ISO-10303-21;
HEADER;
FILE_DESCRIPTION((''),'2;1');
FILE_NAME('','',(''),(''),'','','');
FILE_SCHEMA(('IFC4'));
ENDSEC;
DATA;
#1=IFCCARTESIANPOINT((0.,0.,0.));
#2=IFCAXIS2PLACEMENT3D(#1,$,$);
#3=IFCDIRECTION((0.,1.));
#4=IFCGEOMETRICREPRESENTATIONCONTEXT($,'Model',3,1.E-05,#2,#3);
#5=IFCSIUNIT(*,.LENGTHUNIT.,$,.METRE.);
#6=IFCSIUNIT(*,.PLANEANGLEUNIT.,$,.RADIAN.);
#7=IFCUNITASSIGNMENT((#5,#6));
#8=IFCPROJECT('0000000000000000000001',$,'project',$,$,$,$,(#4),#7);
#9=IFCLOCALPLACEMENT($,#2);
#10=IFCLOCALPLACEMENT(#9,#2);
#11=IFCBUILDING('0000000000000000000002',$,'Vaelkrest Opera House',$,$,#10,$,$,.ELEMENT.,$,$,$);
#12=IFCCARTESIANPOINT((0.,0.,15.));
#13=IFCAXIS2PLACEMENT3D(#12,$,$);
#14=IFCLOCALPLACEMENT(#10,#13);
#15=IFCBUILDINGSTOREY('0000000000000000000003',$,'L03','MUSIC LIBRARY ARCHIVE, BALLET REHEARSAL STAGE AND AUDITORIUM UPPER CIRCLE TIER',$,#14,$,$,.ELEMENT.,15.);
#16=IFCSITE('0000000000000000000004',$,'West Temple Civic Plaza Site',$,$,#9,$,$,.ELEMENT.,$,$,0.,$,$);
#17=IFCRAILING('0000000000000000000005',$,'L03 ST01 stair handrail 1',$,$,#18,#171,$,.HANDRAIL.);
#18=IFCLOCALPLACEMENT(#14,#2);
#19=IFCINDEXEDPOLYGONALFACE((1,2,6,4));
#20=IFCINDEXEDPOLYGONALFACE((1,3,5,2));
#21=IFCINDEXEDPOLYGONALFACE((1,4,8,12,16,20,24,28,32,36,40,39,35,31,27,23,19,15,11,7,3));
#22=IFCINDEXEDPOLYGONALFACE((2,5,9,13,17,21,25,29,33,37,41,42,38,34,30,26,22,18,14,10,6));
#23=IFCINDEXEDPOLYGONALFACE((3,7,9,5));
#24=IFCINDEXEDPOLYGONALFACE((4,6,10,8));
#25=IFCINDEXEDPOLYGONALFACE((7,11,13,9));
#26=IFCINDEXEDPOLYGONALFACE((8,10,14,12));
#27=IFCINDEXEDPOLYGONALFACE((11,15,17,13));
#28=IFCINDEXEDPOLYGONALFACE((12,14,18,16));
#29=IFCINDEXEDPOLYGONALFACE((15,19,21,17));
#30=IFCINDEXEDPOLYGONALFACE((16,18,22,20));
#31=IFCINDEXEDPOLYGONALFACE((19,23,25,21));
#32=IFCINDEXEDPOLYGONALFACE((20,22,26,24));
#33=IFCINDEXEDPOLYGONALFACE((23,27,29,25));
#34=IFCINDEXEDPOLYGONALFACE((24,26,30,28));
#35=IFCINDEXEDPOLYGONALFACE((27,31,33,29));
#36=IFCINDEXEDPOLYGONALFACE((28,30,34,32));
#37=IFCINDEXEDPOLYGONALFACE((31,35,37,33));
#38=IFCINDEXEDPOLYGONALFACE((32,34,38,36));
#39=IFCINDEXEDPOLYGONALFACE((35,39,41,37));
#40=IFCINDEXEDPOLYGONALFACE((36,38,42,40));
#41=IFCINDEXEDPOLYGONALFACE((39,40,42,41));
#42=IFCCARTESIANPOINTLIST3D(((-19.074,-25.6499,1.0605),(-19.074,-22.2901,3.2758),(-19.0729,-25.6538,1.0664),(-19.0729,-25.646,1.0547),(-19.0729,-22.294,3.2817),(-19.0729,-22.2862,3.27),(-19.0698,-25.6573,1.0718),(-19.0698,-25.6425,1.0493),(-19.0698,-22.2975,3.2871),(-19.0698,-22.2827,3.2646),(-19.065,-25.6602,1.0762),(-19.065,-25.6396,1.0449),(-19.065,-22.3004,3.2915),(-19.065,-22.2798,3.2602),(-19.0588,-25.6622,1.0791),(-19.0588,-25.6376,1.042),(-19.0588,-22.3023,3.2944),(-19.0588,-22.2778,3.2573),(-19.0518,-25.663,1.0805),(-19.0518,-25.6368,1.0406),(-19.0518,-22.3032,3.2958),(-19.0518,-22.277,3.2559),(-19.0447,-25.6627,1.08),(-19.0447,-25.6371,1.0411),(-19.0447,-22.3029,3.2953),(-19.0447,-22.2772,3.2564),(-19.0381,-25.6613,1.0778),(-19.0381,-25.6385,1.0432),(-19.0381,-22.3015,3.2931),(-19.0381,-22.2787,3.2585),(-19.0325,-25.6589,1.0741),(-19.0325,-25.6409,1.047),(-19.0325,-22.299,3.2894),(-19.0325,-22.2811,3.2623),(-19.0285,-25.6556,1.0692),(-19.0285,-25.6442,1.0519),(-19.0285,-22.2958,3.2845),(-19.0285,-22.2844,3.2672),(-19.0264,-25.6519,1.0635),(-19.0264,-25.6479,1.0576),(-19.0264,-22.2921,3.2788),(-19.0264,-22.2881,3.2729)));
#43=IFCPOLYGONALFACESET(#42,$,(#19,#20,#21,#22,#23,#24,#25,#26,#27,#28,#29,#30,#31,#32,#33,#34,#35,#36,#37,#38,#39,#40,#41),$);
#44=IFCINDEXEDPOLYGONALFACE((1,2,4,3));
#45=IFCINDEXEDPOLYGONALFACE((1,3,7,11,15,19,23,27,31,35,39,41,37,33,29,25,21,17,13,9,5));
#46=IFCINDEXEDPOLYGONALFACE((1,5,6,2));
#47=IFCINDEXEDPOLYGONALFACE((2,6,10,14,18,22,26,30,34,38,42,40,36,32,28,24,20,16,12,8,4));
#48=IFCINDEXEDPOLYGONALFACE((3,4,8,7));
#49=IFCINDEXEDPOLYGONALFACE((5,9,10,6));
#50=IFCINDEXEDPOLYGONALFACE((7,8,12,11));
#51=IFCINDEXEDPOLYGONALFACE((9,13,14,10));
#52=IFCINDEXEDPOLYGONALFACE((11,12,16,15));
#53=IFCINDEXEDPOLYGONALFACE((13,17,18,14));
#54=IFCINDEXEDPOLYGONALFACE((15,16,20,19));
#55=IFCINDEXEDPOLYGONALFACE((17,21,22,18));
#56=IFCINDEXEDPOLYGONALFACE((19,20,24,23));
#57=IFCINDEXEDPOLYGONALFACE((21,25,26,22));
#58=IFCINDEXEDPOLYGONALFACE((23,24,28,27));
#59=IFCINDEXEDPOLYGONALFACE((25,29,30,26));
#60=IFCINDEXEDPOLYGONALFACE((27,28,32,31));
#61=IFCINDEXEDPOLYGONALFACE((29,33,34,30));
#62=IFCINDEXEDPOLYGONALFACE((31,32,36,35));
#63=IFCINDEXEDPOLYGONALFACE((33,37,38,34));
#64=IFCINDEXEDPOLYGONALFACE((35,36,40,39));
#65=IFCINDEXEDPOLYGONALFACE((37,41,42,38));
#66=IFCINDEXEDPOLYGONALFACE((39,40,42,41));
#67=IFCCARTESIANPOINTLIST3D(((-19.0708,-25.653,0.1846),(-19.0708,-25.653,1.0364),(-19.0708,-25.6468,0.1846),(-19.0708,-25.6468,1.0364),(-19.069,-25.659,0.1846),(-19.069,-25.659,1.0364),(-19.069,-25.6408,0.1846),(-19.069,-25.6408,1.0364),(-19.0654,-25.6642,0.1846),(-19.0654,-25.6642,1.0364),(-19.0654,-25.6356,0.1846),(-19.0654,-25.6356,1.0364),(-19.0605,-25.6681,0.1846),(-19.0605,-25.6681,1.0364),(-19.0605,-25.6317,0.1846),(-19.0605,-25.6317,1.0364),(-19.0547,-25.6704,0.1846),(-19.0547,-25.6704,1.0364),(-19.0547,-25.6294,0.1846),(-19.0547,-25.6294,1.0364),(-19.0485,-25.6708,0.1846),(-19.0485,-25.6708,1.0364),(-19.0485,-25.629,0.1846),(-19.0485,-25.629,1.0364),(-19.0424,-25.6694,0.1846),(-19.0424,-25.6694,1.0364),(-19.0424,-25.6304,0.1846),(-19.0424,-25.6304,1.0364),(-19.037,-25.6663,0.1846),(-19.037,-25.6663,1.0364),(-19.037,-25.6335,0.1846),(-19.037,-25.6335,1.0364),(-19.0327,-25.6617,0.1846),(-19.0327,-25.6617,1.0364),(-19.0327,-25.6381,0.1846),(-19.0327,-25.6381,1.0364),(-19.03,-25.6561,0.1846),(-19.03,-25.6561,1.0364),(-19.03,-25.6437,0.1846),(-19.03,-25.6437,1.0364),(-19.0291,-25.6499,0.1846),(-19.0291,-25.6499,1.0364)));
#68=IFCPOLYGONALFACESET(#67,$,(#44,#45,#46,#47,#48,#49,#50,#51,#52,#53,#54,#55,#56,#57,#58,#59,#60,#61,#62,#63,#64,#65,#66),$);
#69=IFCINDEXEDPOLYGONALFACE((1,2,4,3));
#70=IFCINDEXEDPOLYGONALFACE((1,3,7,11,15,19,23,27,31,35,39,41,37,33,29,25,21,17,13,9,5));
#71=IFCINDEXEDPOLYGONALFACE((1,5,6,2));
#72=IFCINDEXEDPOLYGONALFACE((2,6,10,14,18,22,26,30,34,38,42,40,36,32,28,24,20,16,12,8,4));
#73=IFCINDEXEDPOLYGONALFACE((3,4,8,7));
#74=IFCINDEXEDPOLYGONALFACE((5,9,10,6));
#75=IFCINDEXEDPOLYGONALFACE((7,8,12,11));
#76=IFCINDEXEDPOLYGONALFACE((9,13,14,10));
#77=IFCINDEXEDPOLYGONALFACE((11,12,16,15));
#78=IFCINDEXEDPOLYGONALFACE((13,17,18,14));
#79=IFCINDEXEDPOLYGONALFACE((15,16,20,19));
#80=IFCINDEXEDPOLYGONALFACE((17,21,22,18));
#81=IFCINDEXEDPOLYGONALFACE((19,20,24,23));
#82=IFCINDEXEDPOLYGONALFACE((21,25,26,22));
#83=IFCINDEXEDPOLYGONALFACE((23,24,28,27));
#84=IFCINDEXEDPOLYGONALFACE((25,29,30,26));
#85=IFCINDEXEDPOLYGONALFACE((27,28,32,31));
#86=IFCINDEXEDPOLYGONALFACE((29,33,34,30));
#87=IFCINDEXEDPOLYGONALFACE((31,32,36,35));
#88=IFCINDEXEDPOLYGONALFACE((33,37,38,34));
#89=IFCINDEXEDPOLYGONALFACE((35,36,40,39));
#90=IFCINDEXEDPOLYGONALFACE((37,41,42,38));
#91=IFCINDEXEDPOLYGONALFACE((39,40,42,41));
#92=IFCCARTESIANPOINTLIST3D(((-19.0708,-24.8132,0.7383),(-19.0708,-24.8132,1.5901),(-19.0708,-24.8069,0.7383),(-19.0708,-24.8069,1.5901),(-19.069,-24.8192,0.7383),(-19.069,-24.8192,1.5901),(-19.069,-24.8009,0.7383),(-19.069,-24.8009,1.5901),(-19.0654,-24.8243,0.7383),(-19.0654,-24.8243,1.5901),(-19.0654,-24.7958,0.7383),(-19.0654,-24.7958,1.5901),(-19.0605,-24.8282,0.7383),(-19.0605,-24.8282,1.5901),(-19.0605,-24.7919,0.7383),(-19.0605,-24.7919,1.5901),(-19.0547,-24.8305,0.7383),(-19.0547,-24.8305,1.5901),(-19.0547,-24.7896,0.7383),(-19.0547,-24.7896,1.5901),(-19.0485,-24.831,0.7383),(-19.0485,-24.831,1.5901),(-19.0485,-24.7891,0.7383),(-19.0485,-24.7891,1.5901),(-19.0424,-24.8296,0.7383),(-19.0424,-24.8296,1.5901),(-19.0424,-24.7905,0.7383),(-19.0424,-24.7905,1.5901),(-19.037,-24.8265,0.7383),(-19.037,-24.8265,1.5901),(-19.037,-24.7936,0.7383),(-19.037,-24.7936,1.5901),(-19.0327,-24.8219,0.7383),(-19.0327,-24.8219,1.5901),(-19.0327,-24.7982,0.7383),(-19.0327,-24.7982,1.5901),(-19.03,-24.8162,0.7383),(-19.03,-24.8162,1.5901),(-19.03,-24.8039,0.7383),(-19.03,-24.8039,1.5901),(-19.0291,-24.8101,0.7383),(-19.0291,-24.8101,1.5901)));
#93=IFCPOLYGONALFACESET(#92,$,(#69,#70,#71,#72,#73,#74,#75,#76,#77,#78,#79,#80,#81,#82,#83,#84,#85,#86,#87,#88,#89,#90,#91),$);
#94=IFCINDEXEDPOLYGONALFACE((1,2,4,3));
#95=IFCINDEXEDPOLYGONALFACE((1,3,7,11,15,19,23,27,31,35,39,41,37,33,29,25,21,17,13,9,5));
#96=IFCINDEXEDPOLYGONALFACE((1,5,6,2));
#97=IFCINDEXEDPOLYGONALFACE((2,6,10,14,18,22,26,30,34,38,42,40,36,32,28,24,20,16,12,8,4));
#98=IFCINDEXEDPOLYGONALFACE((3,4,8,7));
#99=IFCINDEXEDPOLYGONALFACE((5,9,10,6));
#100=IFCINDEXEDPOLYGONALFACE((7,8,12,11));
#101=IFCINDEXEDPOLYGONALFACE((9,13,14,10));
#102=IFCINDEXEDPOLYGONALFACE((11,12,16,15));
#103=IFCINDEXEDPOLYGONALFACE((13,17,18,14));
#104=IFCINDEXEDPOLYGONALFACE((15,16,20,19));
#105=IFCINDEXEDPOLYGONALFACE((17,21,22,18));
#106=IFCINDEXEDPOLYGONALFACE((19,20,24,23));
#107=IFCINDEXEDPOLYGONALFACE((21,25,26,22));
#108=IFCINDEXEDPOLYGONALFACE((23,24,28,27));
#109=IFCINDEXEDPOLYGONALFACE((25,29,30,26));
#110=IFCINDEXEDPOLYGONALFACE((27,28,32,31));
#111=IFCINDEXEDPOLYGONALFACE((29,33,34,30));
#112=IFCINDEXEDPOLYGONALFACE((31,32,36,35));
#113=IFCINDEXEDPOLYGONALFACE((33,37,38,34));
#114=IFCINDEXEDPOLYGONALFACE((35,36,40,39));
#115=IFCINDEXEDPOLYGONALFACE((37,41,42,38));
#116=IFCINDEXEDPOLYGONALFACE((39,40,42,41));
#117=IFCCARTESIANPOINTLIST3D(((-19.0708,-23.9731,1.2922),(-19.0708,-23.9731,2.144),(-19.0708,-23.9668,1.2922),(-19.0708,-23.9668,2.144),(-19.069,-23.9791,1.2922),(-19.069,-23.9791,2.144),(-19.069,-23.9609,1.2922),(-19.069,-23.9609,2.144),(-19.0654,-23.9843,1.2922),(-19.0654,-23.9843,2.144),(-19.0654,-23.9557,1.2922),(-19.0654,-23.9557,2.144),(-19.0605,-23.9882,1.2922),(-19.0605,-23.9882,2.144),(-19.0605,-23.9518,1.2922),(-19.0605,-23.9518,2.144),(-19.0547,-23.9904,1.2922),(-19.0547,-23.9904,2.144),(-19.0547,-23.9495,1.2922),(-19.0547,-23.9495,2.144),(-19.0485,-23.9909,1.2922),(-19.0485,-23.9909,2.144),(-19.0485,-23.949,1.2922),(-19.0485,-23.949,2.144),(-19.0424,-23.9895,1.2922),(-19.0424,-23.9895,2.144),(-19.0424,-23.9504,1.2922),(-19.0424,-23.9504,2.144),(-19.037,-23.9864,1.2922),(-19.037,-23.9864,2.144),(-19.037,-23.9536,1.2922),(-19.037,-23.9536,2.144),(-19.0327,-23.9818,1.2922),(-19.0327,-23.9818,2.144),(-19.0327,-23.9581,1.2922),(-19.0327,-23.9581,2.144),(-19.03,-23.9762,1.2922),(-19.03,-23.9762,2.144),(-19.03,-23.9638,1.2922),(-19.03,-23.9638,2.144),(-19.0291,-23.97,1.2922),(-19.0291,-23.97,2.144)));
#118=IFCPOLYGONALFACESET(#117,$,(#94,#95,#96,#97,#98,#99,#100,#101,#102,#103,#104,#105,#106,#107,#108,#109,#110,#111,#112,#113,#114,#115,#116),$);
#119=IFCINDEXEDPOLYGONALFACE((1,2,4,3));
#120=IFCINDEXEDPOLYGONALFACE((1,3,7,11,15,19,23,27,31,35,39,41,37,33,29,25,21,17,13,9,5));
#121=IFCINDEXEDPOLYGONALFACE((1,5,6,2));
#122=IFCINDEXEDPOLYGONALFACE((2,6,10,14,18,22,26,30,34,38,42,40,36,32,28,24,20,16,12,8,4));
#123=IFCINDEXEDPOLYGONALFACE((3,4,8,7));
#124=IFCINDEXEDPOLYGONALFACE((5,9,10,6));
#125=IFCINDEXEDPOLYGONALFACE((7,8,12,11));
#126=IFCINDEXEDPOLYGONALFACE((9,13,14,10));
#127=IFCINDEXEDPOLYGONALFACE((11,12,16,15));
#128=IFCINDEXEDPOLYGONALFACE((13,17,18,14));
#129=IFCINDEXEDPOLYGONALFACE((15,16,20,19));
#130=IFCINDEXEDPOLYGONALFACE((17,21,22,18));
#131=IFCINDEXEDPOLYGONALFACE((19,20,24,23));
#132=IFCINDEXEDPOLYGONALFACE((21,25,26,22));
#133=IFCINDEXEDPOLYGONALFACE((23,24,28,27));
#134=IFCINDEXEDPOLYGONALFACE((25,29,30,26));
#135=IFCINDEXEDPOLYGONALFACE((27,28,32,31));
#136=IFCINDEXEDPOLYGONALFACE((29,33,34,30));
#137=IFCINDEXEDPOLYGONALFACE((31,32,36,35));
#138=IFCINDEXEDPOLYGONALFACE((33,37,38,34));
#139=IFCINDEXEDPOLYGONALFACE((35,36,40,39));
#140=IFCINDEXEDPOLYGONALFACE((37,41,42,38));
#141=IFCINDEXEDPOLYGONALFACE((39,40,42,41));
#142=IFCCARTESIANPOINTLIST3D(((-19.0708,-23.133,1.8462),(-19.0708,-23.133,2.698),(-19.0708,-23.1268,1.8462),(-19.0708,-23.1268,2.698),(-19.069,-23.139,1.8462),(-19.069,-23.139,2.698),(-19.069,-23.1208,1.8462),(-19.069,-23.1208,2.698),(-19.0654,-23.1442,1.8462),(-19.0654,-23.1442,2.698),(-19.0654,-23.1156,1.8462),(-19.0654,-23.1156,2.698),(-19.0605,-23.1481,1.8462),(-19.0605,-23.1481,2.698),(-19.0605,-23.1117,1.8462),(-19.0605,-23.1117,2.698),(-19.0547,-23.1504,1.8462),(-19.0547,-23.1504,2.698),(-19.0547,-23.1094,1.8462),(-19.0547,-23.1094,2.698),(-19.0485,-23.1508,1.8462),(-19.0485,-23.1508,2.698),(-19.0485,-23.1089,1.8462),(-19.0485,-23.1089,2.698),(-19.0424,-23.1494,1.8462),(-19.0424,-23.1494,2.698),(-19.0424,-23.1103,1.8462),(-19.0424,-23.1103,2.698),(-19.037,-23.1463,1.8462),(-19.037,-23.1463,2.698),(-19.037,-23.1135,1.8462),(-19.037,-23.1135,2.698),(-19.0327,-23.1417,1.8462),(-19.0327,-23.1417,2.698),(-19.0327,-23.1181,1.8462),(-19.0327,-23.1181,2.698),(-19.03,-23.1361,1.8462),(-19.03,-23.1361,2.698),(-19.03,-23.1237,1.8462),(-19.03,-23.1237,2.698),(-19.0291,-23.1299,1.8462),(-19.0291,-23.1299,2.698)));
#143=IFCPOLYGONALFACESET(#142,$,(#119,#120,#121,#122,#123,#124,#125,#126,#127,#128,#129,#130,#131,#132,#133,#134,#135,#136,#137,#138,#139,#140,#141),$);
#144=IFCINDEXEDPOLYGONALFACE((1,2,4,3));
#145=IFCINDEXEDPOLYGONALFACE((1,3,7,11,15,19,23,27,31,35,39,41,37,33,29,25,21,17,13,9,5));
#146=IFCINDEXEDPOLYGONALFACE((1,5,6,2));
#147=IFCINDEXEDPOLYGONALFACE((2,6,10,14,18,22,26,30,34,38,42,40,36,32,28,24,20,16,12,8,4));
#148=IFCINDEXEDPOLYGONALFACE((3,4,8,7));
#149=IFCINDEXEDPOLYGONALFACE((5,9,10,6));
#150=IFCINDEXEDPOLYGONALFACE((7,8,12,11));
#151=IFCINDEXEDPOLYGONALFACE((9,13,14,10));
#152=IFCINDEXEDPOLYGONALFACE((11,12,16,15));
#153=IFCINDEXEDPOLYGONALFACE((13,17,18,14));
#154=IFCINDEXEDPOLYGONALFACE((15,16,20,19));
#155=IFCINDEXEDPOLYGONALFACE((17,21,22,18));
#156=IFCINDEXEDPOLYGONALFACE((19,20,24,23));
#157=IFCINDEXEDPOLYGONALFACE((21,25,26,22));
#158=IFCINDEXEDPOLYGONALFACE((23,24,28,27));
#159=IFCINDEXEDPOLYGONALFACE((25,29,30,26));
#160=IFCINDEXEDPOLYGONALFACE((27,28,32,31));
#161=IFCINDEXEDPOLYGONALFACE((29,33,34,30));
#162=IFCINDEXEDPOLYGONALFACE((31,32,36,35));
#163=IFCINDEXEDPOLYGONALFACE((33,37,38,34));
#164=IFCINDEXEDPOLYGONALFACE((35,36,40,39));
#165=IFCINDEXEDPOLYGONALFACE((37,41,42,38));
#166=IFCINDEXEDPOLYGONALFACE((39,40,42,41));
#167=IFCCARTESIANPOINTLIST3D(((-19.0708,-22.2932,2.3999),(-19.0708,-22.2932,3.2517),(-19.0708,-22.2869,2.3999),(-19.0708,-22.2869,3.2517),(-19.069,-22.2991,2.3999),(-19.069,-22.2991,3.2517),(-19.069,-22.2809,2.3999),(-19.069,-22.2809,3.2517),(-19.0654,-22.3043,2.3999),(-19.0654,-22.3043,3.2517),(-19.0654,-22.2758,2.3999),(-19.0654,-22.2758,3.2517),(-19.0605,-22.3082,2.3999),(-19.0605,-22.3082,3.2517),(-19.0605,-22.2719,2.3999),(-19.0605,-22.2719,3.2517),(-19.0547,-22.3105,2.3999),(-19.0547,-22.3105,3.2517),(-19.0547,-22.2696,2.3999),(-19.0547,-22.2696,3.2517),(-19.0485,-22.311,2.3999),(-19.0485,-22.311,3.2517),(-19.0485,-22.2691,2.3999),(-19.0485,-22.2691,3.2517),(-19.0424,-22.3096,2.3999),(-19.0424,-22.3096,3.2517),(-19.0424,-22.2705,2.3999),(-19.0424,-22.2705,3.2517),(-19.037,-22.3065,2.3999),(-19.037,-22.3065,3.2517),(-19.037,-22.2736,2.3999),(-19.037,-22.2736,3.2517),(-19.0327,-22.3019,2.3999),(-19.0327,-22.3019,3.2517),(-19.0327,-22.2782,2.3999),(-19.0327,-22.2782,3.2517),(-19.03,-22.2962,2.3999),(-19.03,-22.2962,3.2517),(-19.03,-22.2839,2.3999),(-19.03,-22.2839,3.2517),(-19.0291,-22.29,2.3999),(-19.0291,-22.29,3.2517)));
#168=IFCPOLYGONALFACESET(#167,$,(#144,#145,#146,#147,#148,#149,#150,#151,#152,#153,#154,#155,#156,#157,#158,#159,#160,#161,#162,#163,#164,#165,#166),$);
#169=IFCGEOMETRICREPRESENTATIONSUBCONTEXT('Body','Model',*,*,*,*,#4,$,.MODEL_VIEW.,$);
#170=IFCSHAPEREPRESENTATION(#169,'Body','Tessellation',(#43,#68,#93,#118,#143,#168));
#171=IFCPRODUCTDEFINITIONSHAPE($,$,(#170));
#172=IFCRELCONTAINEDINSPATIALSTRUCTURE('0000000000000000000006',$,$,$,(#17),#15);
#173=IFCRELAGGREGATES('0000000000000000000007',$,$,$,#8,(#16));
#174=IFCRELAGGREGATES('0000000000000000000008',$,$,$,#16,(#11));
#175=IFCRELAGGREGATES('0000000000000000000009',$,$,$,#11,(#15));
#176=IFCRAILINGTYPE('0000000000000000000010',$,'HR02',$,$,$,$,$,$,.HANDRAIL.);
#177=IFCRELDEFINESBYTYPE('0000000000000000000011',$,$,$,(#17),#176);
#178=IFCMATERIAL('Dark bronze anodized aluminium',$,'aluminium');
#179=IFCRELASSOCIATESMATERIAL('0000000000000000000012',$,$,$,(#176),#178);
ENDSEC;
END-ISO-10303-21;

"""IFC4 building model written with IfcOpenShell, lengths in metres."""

from ifc_helpers import new_model, si_unit, direction, frame, origin, origin_2d, place, context, subcontext, project, spatial, circle, extrude, material, type_object, element, save


model = new_model("IFC4")

# Units and contexts
model_context = context("Model", 3, precision=1e-05, world=origin(), true_north=direction((0.0, 1.0)))
body_context = subcontext(model_context, "Body", "Model", "MODEL_VIEW")
ifc_project = project(units=[si_unit("LENGTHUNIT", "METRE"), si_unit("PLANEANGLEUNIT", "RADIAN")], contexts=[model_context])

# Site, building, storey
site_placement = place(None, origin())
site = spatial("IfcSite", under=ifc_project, at=site_placement, Name="West Temple Civic Plaza Site", CompositionType="ELEMENT", RefElevation=0.0)
building_placement = place(site_placement, origin())
building = spatial("IfcBuilding", under=site, at=building_placement, Name="Vaelkrest Opera House", CompositionType="ELEMENT")
storey_placement = place(building_placement, frame((0.0, 0.0, 15.0)))
storey = spatial("IfcBuildingStorey", under=building, at=storey_placement, Name="L03", Description="MUSIC LIBRARY ARCHIVE, BALLET REHEARSAL STAGE AND AUDITORIUM UPPER CIRCLE TIER", CompositionType="ELEMENT", Elevation=15.0)

# Shared definitions
ifc_material_1 = material(Name="Dark bronze anodized aluminium", Category="aluminium")

# Railing
railing_type_1 = type_object("IfcRailingType", Name="HR02", PredefinedType="HANDRAIL", material=ifc_material_1)
railing_1_placement = place(storey_placement, frame((-19.05, -25.6499, 0.1846)))
element("IfcRailing", 1, at=railing_1_placement, inside=storey, type_object=railing_type_1, Name="L03 ST01 stair handrail 1", PredefinedType="HANDRAIL", context=body_context, shape_type="SweptSolid", body=[
    extrude(circle(Radius=0.0239, at=origin_2d()), frame((0.0, 0.0, 0.876), z_axis=(0.0, 0.834858, 0.550465), x_axis=(-1.0, 0.0, 0.0)), (0.0, 0.0, 1.0), 4.0244),
    extrude(circle(Radius=0.021, at=origin_2d()), origin(), (0.0, 0.0, 1.0), 0.8518),
    extrude(circle(Radius=0.021, at=origin_2d()), frame((0.0, 0.8398, 0.5537)), (0.0, 0.0, 1.0), 0.8518),
    extrude(circle(Radius=0.021, at=origin_2d()), frame((0.0, 1.6799, 1.1077)), (0.0, 0.0, 1.0), 0.8518),
    extrude(circle(Radius=0.021, at=origin_2d()), frame((0.0, 2.52, 1.6616)), (0.0, 0.0, 1.0), 0.8518),
    extrude(circle(Radius=0.021, at=origin_2d()), frame((0.0, 3.3599, 2.2153)), (0.0, 0.0, 1.0), 0.8518),
])

save(model, "model.ifc")
